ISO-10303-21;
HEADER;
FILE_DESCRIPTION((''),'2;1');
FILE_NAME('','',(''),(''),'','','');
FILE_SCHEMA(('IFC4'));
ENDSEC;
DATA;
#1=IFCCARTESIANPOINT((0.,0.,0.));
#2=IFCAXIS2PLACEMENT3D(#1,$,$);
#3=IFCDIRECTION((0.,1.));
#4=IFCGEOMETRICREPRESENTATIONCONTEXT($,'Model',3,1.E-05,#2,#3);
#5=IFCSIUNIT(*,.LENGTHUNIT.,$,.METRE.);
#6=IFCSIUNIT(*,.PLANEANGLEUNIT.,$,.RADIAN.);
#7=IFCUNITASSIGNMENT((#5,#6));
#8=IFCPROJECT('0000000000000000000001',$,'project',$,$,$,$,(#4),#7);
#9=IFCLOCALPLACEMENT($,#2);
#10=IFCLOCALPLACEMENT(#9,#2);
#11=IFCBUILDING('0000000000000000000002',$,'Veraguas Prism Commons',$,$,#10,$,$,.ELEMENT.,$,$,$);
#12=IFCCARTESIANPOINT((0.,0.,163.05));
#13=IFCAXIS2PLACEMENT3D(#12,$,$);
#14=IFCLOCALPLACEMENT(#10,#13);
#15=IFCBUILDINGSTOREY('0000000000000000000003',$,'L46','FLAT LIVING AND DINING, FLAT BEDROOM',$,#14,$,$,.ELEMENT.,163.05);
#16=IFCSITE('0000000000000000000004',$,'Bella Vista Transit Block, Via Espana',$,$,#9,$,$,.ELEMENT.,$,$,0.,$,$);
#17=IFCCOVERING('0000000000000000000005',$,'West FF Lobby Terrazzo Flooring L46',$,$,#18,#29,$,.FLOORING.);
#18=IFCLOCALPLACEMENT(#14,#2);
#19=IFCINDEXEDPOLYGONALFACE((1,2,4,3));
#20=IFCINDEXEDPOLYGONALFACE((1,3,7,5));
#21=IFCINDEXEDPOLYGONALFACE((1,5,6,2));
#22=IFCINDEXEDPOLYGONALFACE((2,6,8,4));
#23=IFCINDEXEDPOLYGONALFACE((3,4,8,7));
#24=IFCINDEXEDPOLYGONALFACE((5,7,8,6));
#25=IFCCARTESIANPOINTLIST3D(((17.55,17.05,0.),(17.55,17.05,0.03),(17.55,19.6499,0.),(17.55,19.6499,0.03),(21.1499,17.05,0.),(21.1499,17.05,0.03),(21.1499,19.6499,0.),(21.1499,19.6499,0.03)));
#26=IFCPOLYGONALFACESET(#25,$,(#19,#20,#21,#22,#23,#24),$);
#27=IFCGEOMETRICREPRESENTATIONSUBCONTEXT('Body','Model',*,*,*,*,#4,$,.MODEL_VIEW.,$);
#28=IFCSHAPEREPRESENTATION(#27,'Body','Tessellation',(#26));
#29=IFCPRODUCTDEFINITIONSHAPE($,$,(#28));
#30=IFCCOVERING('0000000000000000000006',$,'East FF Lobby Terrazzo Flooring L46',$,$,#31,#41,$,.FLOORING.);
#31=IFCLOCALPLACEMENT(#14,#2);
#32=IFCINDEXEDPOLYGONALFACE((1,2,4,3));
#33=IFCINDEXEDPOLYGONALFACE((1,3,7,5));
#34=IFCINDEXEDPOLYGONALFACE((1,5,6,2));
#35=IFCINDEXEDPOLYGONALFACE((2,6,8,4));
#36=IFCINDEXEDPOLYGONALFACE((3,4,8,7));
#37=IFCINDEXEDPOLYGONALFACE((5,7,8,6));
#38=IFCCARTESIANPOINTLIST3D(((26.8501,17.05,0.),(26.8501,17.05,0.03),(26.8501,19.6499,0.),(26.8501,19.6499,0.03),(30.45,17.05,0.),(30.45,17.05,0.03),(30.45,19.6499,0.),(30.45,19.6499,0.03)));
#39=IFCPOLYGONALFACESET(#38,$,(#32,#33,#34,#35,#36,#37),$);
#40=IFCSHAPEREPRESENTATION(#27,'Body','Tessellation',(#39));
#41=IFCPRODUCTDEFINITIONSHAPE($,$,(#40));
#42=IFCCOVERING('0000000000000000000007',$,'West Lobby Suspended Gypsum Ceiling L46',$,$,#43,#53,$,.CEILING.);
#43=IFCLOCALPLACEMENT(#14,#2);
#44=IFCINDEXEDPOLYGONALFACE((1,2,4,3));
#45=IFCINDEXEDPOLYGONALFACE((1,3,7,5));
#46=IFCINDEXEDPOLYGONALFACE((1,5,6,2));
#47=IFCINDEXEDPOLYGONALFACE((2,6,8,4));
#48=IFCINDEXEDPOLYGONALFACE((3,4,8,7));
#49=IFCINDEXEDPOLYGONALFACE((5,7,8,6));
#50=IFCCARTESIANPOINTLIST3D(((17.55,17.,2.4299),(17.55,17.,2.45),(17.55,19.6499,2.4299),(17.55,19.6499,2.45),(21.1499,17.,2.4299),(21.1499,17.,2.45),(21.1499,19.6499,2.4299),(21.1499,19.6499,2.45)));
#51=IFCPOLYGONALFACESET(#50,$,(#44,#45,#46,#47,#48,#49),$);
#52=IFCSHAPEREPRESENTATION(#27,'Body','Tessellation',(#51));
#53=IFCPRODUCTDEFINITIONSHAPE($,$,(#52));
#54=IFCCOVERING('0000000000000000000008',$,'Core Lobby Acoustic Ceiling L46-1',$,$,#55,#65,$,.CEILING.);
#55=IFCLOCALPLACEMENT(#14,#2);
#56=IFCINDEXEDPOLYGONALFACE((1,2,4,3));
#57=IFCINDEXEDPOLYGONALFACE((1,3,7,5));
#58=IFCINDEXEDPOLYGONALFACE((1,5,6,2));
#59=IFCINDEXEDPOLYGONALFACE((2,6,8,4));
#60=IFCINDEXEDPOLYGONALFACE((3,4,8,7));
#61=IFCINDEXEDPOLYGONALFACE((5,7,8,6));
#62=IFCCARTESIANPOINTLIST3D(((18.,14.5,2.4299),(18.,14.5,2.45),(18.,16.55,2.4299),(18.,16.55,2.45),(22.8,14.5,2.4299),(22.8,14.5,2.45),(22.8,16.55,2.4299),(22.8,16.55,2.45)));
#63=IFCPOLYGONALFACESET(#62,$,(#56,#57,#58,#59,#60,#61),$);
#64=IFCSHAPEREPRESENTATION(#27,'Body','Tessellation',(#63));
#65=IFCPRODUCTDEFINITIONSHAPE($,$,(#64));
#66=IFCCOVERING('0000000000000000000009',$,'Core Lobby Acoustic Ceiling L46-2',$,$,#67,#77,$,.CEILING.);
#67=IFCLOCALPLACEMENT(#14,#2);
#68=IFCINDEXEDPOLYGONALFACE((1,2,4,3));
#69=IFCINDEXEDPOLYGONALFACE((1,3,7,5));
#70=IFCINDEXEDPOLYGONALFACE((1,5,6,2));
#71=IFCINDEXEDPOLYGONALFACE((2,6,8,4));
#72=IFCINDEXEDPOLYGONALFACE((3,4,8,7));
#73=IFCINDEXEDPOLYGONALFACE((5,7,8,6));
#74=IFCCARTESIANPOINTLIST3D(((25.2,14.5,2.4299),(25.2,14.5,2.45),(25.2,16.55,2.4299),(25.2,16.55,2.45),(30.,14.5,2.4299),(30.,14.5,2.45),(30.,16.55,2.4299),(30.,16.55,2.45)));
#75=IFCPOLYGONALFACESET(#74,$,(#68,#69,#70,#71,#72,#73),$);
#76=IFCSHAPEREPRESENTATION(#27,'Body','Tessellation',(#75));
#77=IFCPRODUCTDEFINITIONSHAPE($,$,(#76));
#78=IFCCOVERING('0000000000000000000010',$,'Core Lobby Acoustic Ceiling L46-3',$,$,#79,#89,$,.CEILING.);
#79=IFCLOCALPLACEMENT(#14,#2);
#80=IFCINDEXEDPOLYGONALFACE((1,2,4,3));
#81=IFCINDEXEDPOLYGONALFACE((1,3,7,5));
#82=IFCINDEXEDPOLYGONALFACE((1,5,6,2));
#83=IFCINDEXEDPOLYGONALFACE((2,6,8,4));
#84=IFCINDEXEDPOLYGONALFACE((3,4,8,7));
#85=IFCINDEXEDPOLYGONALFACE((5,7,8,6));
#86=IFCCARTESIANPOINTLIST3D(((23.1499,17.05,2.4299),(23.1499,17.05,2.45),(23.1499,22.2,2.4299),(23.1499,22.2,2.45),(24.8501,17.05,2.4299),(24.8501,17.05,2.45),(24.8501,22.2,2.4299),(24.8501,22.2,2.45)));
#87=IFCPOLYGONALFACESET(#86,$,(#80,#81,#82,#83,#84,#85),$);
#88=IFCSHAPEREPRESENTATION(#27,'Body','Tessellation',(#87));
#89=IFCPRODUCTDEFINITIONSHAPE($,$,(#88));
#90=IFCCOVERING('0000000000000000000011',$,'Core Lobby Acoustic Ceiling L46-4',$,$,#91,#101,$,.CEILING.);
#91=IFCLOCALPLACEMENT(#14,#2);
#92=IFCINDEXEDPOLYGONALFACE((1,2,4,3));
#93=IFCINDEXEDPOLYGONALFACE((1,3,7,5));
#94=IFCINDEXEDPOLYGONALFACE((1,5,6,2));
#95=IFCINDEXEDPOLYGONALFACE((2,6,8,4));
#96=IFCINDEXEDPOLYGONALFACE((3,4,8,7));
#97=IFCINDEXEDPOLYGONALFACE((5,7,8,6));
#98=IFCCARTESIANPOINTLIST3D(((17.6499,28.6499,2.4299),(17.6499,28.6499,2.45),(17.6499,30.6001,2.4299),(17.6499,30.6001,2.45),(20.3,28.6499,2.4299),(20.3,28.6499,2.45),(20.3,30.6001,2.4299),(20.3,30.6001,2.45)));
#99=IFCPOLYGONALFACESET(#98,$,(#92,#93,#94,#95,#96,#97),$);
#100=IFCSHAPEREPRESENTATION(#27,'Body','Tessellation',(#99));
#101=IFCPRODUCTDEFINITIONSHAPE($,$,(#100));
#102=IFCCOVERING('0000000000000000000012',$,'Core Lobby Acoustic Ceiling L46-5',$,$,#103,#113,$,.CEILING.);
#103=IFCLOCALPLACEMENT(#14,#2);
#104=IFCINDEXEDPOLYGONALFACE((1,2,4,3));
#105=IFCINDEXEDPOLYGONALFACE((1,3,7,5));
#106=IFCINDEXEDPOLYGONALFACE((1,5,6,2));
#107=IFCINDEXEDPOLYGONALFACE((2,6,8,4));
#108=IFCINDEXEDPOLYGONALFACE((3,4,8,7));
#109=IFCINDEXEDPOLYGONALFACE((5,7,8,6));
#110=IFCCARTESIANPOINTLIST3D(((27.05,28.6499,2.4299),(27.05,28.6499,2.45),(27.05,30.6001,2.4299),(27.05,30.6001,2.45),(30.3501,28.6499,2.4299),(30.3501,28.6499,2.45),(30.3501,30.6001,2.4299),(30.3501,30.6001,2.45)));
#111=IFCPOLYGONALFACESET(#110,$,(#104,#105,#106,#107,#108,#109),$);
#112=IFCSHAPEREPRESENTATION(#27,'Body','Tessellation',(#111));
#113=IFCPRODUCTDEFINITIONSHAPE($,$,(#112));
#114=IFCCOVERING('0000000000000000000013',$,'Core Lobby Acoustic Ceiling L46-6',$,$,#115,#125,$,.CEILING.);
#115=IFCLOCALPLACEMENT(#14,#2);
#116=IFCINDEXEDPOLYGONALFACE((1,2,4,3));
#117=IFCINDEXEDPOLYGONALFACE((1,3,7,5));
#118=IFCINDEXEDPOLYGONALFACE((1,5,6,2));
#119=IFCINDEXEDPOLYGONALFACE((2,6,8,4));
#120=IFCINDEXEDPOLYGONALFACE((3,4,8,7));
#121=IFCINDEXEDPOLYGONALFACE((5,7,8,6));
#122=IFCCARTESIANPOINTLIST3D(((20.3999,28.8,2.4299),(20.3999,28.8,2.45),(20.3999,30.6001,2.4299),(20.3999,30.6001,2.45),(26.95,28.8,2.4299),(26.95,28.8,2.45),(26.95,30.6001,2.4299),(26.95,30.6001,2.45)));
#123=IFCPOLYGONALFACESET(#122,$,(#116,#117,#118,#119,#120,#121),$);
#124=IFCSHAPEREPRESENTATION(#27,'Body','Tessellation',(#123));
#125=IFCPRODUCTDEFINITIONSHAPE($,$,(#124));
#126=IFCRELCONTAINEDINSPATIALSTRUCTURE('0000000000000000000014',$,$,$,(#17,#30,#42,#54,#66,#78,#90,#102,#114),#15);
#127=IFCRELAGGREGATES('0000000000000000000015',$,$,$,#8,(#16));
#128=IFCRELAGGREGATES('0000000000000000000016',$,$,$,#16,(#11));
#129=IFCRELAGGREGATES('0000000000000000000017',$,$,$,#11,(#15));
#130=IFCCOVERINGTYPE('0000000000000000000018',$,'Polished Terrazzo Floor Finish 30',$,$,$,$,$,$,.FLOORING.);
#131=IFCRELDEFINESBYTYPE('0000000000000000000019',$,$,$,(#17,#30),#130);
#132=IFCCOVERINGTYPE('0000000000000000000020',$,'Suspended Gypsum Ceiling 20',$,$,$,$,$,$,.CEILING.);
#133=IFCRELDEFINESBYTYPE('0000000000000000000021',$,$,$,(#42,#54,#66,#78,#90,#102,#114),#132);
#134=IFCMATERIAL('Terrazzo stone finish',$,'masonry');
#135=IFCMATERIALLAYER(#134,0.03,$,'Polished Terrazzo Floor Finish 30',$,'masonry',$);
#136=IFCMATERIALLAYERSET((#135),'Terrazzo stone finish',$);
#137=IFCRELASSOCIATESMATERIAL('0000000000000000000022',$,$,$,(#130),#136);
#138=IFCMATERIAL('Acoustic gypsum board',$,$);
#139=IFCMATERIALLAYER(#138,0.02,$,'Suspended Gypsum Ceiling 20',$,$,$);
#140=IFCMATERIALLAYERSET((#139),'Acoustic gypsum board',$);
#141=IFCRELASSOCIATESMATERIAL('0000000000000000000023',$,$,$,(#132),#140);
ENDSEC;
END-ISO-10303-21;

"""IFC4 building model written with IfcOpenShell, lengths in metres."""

from ifc_helpers import new_model, si_unit, direction, frame, origin, place, context, subcontext, project, spatial, polyline, outline, extrude, material, layer, layer_set, type_object, element, save


model = new_model("IFC4")

# Units and contexts
model_context = context("Model", 3, precision=1e-05, world=origin(), true_north=direction((0.0, 1.0)))
body_context = subcontext(model_context, "Body", "Model", "MODEL_VIEW")
ifc_project = project(units=[si_unit("LENGTHUNIT", "METRE"), si_unit("PLANEANGLEUNIT", "RADIAN")], contexts=[model_context])

# Site, building, storey
site_placement = place(None, origin())
site = spatial("IfcSite", under=ifc_project, at=site_placement, Name="Bella Vista Transit Block, Via Espana", CompositionType="ELEMENT", RefElevation=0.0)
building_placement = place(site_placement, origin())
building = spatial("IfcBuilding", under=site, at=building_placement, Name="Veraguas Prism Commons", CompositionType="ELEMENT")
storey_placement = place(building_placement, frame((0.0, 0.0, 163.05)))
storey = spatial("IfcBuildingStorey", under=building, at=storey_placement, Name="L46", Description="FLAT LIVING AND DINING, FLAT BEDROOM", CompositionType="ELEMENT", Elevation=163.05)

# Coverings
ifc_material_1 = material(Name="Acoustic gypsum board")
ifc_material_2 = material(Name="Terrazzo stone finish", Category="masonry")
ifc_layer_1 = layer(ifc_material_2, 0.03, Name="Polished Terrazzo Floor Finish 30", Category="masonry")
ifc_layer_set_1 = layer_set([ifc_layer_1], Name="Terrazzo stone finish")
covering_type_1 = type_object("IfcCoveringType", Name="Polished Terrazzo Floor Finish 30", PredefinedType="FLOORING", material=ifc_layer_set_1)
covering_1_placement = place(storey_placement, origin())
element("IfcCovering", 1, at=covering_1_placement, inside=storey, type_object=covering_type_1, Name="West FF Lobby Terrazzo Flooring L46", PredefinedType="FLOORING", context=body_context, shape_type="SweptSolid", body=[
    extrude(outline(polyline([(17.55, 17.05), (21.1499, 17.05), (21.1499, 19.6499), (17.55, 19.6499), (17.55, 17.05)])), origin(), (0.0, 0.0, 1.0), 0.03),
])
covering_2_placement = place(storey_placement, origin())
element("IfcCovering", 2, at=covering_2_placement, inside=storey, type_object=covering_type_1, Name="East FF Lobby Terrazzo Flooring L46", PredefinedType="FLOORING", context=body_context, shape_type="SweptSolid", body=[
    extrude(outline(polyline([(26.8501, 17.05), (30.45, 17.05), (30.45, 19.6499), (26.8501, 19.6499), (26.8501, 17.05)])), origin(), (0.0, 0.0, 1.0), 0.03),
])
ifc_layer_2 = layer(ifc_material_1, 0.02, Name="Suspended Gypsum Ceiling 20")
ifc_layer_set_2 = layer_set([ifc_layer_2], Name="Acoustic gypsum board")
covering_type_2 = type_object("IfcCoveringType", Name="Suspended Gypsum Ceiling 20", PredefinedType="CEILING", material=ifc_layer_set_2)
covering_3_placement = place(storey_placement, frame((0.0, 0.0, 2.4299)))
element("IfcCovering", 3, at=covering_3_placement, inside=storey, type_object=covering_type_2, Name="West Lobby Suspended Gypsum Ceiling L46", PredefinedType="CEILING", context=body_context, shape_type="SweptSolid", body=[
    extrude(outline(polyline([(17.55, 17.0), (21.1499, 17.0), (21.1499, 19.6499), (17.55, 19.6499), (17.55, 17.0)])), origin(), (0.0, 0.0, 1.0), 0.02),
])
covering_4_placement = place(storey_placement, frame((0.0, 0.0, 2.4299)))
element("IfcCovering", 4, at=covering_4_placement, inside=storey, type_object=covering_type_2, Name="Core Lobby Acoustic Ceiling L46-1", PredefinedType="CEILING", context=body_context, shape_type="SweptSolid", body=[
    extrude(outline(polyline([(18.0, 14.5), (22.8, 14.5), (22.8, 16.55), (18.0, 16.55), (18.0, 14.5)])), origin(), (0.0, 0.0, 1.0), 0.02),
])
covering_5_placement = place(storey_placement, frame((0.0, 0.0, 2.4299)))
element("IfcCovering", 5, at=covering_5_placement, inside=storey, type_object=covering_type_2, Name="Core Lobby Acoustic Ceiling L46-2", PredefinedType="CEILING", context=body_context, shape_type="SweptSolid", body=[
    extrude(outline(polyline([(25.2, 14.5), (30.0, 14.5), (30.0, 16.55), (25.2, 16.55), (25.2, 14.5)])), origin(), (0.0, 0.0, 1.0), 0.02),
])
covering_6_placement = place(storey_placement, frame((0.0, 0.0, 2.4299)))
element("IfcCovering", 6, at=covering_6_placement, inside=storey, type_object=covering_type_2, Name="Core Lobby Acoustic Ceiling L46-3", PredefinedType="CEILING", context=body_context, shape_type="SweptSolid", body=[
    extrude(outline(polyline([(23.1499, 17.05), (24.8501, 17.05), (24.8501, 22.2), (23.1499, 22.2), (23.1499, 17.05)])), origin(), (0.0, 0.0, 1.0), 0.02),
])
covering_7_placement = place(storey_placement, frame((0.0, 0.0, 2.4299)))
element("IfcCovering", 7, at=covering_7_placement, inside=storey, type_object=covering_type_2, Name="Core Lobby Acoustic Ceiling L46-4", PredefinedType="CEILING", context=body_context, shape_type="SweptSolid", body=[
    extrude(outline(polyline([(17.6499, 28.6499), (20.3, 28.6499), (20.3, 30.6001), (17.6499, 30.6001), (17.6499, 28.6499)])), origin(), (0.0, 0.0, 1.0), 0.02),
])
covering_8_placement = place(storey_placement, frame((0.0, 0.0, 2.4299)))
element("IfcCovering", 8, at=covering_8_placement, inside=storey, type_object=covering_type_2, Name="Core Lobby Acoustic Ceiling L46-5", PredefinedType="CEILING", context=body_context, shape_type="SweptSolid", body=[
    extrude(outline(polyline([(27.05, 28.6499), (30.3501, 28.6499), (30.3501, 30.6001), (27.05, 30.6001), (27.05, 28.6499)])), origin(), (0.0, 0.0, 1.0), 0.02),
])
covering_9_placement = place(storey_placement, frame((0.0, 0.0, 2.4299)))
element("IfcCovering", 9, at=covering_9_placement, inside=storey, type_object=covering_type_2, Name="Core Lobby Acoustic Ceiling L46-6", PredefinedType="CEILING", context=body_context, shape_type="SweptSolid", body=[
    extrude(outline(polyline([(20.3999, 28.8), (26.95, 28.8), (26.95, 30.6001), (20.3999, 30.6001), (20.3999, 28.8)])), origin(), (0.0, 0.0, 1.0), 0.02),
])

save(model, "model.ifc")
